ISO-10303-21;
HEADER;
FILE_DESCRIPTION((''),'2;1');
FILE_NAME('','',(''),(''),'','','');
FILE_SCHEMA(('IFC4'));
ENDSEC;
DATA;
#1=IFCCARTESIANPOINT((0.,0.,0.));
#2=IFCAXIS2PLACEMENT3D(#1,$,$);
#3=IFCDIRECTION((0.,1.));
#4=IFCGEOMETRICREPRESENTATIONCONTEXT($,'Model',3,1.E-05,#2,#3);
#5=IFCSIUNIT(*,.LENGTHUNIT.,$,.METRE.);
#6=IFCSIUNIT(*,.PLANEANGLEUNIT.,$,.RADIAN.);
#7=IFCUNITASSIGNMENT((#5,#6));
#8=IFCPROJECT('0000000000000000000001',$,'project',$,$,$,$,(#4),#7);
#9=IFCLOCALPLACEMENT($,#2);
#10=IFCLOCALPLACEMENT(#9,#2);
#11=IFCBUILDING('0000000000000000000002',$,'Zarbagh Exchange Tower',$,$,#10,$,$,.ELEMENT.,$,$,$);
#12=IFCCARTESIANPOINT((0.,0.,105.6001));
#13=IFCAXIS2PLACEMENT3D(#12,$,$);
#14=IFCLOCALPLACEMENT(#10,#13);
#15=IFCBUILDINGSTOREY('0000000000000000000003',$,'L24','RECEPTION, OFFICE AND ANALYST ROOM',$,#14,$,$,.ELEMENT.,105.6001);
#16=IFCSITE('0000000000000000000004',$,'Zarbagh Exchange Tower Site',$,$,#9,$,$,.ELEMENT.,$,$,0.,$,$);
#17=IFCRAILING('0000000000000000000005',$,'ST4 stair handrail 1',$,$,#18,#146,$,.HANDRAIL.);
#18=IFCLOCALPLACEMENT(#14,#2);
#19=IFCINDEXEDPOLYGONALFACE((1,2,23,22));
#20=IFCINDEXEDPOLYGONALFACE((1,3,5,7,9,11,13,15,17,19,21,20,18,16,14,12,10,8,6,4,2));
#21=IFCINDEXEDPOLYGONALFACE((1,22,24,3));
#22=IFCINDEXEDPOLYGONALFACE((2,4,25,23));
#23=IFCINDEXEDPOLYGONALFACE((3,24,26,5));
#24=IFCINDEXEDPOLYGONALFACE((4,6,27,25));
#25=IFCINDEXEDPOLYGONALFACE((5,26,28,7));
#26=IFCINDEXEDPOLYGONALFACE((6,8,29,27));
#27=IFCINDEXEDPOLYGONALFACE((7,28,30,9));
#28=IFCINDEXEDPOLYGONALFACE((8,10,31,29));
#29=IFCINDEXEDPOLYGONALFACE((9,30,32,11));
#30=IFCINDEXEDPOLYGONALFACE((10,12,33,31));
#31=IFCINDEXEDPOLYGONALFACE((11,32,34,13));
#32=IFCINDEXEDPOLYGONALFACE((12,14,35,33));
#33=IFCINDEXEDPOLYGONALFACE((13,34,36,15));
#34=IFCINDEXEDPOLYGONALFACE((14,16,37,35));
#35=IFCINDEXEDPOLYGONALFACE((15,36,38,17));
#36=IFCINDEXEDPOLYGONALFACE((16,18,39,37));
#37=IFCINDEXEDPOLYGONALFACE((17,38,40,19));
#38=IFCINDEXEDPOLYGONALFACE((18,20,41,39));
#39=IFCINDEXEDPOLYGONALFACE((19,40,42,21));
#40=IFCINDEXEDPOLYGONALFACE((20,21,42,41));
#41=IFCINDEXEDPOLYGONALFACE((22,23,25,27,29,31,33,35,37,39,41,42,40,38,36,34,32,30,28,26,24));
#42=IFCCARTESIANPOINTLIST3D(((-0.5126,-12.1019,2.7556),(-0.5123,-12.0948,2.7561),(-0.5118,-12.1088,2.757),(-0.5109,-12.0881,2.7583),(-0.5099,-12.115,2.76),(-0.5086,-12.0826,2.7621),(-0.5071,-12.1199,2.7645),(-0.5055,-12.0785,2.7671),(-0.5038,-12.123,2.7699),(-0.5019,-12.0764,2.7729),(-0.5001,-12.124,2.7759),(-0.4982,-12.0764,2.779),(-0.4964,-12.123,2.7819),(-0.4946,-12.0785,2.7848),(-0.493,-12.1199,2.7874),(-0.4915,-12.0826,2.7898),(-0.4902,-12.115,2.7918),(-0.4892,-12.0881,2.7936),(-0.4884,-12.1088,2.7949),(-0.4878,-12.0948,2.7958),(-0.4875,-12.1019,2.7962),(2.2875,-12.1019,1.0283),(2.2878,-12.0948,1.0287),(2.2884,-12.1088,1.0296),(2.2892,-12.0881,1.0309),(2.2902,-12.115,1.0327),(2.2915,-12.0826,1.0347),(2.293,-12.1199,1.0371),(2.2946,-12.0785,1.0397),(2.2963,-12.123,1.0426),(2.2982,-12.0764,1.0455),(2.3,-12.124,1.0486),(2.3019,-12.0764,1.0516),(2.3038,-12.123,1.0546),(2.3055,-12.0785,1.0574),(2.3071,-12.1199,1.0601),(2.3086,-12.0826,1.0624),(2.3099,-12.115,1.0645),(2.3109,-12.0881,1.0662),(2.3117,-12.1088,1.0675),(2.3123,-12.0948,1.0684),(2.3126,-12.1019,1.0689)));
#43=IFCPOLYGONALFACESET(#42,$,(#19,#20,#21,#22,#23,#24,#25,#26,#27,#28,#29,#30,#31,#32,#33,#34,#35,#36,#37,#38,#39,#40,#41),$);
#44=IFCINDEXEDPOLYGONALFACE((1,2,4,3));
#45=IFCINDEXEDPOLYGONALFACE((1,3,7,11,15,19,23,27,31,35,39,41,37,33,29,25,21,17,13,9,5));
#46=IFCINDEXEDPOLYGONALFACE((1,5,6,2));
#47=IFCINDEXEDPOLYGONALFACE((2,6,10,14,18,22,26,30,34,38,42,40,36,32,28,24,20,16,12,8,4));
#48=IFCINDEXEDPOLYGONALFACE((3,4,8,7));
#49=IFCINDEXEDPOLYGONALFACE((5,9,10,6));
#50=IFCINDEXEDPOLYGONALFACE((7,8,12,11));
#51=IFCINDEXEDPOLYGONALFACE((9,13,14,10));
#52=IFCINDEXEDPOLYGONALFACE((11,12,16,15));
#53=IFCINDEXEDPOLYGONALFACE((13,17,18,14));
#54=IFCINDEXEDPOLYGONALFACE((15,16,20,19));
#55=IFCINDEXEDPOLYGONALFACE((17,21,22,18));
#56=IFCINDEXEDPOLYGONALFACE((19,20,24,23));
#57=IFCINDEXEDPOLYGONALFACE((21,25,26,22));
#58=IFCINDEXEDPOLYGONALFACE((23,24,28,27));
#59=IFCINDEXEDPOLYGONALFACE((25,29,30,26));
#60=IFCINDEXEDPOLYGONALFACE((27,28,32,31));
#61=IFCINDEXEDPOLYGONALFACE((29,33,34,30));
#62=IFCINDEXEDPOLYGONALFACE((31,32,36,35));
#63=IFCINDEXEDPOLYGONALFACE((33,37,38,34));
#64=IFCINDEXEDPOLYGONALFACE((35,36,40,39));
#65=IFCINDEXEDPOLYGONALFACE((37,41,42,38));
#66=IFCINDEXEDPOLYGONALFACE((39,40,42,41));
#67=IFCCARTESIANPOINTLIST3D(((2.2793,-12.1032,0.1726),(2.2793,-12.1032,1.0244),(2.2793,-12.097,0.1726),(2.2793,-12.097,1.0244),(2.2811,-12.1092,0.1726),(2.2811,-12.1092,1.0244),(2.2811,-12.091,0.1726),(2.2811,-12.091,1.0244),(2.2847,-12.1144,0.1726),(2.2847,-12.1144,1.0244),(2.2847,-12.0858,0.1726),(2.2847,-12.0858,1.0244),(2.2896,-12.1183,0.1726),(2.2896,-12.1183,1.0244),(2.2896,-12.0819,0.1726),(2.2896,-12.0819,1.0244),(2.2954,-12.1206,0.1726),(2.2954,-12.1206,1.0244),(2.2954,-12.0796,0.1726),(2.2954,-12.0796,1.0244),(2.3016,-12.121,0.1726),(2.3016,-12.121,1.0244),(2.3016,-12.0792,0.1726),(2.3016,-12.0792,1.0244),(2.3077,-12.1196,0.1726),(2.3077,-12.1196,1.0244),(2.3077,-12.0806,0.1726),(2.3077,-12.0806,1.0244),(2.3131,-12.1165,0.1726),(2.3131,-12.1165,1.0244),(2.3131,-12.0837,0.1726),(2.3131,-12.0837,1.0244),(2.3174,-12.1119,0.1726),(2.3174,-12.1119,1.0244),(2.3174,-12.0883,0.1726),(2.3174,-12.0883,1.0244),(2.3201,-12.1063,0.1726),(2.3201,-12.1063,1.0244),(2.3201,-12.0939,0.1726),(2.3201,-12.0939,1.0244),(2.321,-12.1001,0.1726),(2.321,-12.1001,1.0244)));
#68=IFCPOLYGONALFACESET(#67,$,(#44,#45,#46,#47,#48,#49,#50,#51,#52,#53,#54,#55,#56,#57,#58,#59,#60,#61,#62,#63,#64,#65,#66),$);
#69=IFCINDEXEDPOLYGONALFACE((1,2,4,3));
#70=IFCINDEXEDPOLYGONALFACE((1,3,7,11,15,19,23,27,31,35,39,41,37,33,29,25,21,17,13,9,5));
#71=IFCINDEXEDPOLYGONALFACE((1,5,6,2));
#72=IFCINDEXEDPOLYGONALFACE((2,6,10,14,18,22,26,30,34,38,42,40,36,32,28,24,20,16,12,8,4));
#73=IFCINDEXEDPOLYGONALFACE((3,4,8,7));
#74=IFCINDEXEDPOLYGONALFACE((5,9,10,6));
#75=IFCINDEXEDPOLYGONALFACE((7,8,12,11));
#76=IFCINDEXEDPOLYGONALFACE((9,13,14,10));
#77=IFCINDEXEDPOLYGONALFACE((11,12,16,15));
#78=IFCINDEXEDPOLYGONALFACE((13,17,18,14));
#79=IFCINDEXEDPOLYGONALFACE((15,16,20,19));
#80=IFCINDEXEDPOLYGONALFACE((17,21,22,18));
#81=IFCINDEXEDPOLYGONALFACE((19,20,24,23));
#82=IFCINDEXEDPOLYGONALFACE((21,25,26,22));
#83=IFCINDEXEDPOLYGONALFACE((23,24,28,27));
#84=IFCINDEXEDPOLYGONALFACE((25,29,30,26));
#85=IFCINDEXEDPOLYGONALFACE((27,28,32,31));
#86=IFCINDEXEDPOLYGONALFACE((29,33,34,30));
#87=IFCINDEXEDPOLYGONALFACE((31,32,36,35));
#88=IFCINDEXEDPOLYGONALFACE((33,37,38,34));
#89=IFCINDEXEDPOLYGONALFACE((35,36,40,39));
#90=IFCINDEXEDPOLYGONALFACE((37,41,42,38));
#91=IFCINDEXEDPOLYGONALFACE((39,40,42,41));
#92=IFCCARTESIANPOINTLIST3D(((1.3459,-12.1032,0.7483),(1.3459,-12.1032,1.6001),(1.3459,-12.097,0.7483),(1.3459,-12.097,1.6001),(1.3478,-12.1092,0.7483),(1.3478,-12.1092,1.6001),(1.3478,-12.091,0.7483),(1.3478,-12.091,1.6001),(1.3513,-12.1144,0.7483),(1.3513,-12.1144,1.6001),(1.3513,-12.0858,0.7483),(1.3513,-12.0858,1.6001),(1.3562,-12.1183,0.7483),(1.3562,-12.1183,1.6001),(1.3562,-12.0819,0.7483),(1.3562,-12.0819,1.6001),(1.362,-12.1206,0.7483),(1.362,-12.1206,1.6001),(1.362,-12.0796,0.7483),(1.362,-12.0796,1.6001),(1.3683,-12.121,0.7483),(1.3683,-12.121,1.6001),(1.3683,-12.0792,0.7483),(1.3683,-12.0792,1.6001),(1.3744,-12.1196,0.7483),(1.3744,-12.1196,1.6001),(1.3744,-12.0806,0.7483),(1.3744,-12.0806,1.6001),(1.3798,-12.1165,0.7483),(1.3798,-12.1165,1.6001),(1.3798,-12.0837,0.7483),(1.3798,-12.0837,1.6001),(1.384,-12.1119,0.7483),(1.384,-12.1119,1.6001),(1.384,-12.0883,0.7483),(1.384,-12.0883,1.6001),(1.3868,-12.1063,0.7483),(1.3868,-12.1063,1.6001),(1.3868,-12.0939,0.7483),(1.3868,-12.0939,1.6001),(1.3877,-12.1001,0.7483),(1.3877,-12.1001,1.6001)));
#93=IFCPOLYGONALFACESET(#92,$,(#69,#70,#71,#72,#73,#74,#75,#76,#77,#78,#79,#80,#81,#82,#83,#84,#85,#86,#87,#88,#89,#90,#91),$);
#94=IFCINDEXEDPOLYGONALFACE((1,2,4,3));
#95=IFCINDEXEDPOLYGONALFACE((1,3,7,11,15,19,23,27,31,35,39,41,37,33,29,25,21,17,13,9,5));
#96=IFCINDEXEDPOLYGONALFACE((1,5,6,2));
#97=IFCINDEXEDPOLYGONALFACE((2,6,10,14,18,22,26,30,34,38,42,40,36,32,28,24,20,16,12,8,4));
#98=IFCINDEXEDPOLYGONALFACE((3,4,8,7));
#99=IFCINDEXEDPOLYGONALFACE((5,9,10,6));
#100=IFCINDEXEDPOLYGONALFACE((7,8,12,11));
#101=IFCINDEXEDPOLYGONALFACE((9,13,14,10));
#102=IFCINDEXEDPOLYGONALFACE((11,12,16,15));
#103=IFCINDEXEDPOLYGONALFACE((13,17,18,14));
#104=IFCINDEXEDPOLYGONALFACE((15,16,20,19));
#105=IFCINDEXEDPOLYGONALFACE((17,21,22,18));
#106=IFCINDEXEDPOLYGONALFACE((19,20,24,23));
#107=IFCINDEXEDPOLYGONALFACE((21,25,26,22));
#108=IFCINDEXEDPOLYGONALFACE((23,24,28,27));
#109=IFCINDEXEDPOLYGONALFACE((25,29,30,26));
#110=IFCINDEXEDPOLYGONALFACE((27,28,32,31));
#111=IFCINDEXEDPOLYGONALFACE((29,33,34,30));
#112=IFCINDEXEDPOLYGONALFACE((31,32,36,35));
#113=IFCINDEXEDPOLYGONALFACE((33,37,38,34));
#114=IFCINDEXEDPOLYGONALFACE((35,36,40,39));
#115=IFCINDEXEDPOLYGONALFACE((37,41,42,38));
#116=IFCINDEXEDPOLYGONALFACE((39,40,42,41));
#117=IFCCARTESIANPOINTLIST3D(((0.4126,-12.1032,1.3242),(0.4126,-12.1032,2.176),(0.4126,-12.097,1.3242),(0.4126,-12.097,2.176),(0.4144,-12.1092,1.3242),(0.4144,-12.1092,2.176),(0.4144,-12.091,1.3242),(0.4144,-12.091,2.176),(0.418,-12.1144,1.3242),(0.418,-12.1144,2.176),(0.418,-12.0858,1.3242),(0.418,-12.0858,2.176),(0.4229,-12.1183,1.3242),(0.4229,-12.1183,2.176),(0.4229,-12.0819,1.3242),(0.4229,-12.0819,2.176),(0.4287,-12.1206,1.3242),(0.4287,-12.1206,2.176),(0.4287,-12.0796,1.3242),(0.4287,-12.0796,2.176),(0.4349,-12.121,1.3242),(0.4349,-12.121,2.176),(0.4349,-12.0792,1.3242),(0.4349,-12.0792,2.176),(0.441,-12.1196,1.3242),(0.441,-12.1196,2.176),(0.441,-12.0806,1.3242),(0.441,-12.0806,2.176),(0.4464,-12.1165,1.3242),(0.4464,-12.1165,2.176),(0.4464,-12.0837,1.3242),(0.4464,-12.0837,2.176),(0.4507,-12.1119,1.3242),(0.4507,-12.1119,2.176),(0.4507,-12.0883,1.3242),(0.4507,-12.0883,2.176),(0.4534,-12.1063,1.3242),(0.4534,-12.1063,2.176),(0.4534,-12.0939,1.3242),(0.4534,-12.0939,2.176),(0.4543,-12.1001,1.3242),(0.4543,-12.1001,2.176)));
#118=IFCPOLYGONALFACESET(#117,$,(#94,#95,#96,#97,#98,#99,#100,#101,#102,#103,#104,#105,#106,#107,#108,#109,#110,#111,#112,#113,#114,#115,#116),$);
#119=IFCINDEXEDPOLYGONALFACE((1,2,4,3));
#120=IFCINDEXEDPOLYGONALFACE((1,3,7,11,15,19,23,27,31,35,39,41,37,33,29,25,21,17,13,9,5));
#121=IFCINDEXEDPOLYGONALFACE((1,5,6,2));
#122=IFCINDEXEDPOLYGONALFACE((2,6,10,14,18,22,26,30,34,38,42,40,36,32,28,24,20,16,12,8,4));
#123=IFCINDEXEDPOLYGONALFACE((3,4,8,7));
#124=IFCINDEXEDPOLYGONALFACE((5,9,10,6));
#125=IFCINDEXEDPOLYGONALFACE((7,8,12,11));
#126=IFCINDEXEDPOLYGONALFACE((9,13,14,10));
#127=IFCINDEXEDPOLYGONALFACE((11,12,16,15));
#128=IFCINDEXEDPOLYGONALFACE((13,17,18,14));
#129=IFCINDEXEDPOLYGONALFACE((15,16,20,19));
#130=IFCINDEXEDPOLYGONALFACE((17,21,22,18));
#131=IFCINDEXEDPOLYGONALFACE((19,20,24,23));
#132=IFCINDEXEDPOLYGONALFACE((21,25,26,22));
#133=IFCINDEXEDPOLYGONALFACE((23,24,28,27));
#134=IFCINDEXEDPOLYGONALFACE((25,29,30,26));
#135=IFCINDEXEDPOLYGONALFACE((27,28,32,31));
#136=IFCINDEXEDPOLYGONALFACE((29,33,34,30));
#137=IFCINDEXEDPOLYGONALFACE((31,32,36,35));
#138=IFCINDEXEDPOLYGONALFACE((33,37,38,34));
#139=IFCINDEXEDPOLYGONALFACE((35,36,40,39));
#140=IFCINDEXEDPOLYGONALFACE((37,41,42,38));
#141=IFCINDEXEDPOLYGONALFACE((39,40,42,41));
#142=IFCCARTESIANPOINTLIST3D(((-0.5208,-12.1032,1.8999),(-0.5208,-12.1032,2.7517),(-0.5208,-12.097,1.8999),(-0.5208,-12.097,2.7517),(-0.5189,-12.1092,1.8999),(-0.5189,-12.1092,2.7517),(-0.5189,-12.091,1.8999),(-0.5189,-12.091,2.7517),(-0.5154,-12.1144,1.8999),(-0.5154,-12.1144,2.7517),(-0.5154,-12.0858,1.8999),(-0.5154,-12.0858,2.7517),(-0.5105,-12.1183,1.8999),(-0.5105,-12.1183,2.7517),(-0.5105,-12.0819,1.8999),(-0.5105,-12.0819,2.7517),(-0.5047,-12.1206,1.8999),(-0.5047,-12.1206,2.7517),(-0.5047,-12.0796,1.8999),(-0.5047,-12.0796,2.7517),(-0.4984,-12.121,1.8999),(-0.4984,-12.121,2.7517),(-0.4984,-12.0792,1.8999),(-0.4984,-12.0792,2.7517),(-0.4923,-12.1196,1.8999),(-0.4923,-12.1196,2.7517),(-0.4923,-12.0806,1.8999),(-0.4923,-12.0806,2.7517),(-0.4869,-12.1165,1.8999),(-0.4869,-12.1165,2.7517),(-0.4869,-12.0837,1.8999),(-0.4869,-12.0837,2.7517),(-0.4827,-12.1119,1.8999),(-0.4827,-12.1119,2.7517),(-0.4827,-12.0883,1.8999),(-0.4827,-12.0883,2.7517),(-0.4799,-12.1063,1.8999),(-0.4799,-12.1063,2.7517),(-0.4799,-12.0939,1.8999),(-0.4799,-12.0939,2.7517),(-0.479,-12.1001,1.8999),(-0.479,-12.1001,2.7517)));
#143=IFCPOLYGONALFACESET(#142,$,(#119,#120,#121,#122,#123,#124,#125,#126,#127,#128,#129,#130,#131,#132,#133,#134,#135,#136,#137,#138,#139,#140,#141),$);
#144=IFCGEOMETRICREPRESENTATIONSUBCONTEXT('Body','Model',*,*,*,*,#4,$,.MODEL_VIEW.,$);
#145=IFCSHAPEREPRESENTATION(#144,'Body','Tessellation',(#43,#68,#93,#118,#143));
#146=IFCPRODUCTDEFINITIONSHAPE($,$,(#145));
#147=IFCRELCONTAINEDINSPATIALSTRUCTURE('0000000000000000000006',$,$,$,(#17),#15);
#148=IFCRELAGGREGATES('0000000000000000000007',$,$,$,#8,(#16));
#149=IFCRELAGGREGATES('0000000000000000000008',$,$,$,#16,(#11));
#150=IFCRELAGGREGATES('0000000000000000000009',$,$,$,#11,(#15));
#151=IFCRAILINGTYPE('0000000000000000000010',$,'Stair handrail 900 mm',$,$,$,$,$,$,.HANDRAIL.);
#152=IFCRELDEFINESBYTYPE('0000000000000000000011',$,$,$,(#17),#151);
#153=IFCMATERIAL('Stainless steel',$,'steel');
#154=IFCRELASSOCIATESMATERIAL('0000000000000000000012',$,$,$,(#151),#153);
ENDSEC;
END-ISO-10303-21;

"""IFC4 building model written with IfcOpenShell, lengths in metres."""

from ifc_helpers import new_model, si_unit, direction, frame, origin, origin_2d, place, context, subcontext, project, spatial, circle, extrude, material, type_object, element, save


model = new_model("IFC4")

# Units and contexts
model_context = context("Model", 3, precision=1e-05, world=origin(), true_north=direction((0.0, 1.0)))
body_context = subcontext(model_context, "Body", "Model", "MODEL_VIEW")
ifc_project = project(units=[si_unit("LENGTHUNIT", "METRE"), si_unit("PLANEANGLEUNIT", "RADIAN")], contexts=[model_context])

# Site, building, storey
site_placement = place(None, origin())
site = spatial("IfcSite", under=ifc_project, at=site_placement, Name="Zarbagh Exchange Tower Site", CompositionType="ELEMENT", RefElevation=0.0)
building_placement = place(site_placement, origin())
building = spatial("IfcBuilding", under=site, at=building_placement, Name="Zarbagh Exchange Tower", CompositionType="ELEMENT")
storey_placement = place(building_placement, frame((0.0, 0.0, 105.6001)))
storey = spatial("IfcBuildingStorey", under=building, at=storey_placement, Name="L24", Description="RECEPTION, OFFICE AND ANALYST ROOM", CompositionType="ELEMENT", Elevation=105.6001)

# Railing
ifc_material_1 = material(Name="Stainless steel", Category="steel")
railing_type_1 = type_object("IfcRailingType", Name="Stair handrail 900 mm", PredefinedType="HANDRAIL", material=ifc_material_1)
for number, where, name in (
    (1, (2.3, -12.1001, 0.1726), "ST4 stair handrail 1"),
):
    element("IfcRailing", number, at=place(storey_placement, frame(where)), inside=storey, type_object=railing_type_1, Name=name, PredefinedType="HANDRAIL", context=body_context, shape_type="SweptSolid", body=[
        extrude(circle(Radius=0.0239, at=origin_2d()), frame((0.0, 0.0, 0.876), z_axis=(-0.85109, 0.0, 0.52502), x_axis=(0.0, -1.0, 0.0)), (0.0, 0.0, 1.0), 3.29),
        extrude(circle(Radius=0.021, at=origin_2d()), origin(), (0.0, 0.0, 1.0), 0.8518),
        extrude(circle(Radius=0.021, at=origin_2d()), frame((-0.9333, 0.0, 0.5757)), (0.0, 0.0, 1.0), 0.8518),
        extrude(circle(Radius=0.021, at=origin_2d()), frame((-1.8667, 0.0, 1.1516)), (0.0, 0.0, 1.0), 0.8518),
        extrude(circle(Radius=0.021, at=origin_2d()), frame((-2.8, 0.0, 1.7273)), (0.0, 0.0, 1.0), 0.8518),
    ])

save(model, "model.ifc")
